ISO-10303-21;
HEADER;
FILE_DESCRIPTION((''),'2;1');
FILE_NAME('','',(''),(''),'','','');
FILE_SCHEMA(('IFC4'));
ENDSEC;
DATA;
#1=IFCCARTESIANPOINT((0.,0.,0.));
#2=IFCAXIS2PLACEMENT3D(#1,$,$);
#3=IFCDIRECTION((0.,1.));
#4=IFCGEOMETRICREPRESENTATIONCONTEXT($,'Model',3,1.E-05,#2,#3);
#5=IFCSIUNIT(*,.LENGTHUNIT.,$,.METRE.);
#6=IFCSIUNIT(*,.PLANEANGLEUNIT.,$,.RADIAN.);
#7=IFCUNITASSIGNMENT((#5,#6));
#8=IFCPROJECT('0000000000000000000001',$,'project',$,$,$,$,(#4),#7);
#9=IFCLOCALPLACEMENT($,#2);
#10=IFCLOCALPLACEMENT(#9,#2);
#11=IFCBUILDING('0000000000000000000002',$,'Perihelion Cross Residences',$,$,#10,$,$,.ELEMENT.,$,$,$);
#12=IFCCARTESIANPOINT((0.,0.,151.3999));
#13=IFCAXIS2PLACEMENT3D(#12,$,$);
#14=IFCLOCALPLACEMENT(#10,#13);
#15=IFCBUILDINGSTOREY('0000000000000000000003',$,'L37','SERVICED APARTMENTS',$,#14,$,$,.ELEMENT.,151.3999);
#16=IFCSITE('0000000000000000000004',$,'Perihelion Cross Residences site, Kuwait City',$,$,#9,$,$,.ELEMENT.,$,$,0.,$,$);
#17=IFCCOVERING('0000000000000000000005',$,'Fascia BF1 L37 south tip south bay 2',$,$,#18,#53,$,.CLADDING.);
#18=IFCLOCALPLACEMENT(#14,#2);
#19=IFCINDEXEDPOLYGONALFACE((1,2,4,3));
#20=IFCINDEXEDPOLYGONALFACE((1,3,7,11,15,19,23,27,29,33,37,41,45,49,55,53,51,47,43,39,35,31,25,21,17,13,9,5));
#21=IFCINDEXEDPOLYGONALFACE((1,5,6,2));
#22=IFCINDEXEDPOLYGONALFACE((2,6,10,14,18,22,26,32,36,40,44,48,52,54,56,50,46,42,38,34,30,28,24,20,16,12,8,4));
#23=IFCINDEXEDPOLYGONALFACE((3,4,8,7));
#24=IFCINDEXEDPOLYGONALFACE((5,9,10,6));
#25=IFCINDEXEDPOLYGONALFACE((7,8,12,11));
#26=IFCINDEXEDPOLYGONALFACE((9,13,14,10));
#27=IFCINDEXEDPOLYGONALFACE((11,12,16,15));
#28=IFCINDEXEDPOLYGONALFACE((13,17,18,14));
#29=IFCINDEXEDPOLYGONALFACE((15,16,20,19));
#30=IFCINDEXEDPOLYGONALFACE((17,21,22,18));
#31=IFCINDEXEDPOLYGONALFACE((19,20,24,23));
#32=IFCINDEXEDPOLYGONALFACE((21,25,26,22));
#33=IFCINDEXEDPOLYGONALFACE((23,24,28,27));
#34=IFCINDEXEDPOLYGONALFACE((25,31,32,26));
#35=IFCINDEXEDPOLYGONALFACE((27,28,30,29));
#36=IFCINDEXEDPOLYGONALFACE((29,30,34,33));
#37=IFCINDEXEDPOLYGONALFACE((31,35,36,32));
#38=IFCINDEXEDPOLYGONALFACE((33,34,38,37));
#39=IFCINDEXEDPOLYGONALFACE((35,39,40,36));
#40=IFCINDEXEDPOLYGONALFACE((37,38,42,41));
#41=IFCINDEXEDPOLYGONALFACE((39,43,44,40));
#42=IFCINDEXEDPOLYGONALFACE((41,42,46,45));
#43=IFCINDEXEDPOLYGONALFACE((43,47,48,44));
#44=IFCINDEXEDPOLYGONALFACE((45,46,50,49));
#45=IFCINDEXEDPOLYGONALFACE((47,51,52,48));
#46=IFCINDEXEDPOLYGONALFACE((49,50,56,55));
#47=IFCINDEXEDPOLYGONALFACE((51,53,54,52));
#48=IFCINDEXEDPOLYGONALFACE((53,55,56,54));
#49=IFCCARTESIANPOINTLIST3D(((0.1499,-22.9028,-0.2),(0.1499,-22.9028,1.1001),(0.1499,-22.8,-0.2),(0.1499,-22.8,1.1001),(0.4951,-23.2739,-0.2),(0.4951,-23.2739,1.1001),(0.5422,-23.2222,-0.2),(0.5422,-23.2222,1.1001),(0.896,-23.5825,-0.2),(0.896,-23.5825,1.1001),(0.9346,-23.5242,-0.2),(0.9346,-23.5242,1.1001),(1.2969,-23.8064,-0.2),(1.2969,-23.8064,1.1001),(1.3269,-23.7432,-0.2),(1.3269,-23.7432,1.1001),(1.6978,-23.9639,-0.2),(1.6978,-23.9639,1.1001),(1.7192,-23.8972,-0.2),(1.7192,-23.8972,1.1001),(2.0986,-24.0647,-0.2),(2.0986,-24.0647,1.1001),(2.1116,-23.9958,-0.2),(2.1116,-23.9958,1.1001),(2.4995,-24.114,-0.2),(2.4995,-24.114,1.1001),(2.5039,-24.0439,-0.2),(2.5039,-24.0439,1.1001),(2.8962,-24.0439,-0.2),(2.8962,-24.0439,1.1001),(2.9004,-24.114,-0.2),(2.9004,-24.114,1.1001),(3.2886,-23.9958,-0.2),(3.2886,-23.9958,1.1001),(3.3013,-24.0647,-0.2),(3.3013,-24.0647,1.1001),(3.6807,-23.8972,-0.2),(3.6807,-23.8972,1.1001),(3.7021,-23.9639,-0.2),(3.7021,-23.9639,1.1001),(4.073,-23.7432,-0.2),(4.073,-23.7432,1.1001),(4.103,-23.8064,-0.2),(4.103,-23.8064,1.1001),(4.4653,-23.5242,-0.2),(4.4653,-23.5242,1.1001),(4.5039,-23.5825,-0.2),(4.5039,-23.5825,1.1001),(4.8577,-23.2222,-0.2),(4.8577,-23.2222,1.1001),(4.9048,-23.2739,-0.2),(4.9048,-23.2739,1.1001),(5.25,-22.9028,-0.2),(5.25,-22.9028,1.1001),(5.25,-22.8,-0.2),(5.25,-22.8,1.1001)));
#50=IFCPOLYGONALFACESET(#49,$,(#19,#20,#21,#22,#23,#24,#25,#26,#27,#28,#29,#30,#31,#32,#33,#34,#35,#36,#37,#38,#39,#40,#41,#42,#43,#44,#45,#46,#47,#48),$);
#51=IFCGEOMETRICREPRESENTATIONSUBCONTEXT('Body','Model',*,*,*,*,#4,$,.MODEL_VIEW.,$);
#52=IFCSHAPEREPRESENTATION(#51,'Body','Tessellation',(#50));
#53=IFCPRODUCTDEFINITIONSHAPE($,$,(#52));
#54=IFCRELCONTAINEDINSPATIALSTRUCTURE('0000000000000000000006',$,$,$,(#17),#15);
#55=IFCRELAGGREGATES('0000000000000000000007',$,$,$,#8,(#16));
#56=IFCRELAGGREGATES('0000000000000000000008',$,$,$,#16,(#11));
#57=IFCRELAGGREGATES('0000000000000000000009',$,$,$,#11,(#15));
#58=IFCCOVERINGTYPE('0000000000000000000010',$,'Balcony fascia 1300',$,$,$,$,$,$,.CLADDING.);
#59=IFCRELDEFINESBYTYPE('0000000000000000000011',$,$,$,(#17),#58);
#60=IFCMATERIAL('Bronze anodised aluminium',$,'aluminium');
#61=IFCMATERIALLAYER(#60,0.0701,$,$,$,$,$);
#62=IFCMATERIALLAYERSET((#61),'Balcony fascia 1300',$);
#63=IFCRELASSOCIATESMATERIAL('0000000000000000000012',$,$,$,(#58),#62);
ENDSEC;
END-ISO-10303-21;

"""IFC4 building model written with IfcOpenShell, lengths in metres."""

from ifc_helpers import new_model, si_unit, direction, frame, origin, place, context, subcontext, project, spatial, polyline, outline, extrude, material, layer, layer_set, type_object, element, save


model = new_model("IFC4")

# Units and contexts
model_context = context("Model", 3, precision=1e-05, world=origin(), true_north=direction((0.0, 1.0)))
body_context = subcontext(model_context, "Body", "Model", "MODEL_VIEW")
ifc_project = project(units=[si_unit("LENGTHUNIT", "METRE"), si_unit("PLANEANGLEUNIT", "RADIAN")], contexts=[model_context])

# Site, building, storey
site_placement = place(None, origin())
site = spatial("IfcSite", under=ifc_project, at=site_placement, Name="Perihelion Cross Residences site, Kuwait City", CompositionType="ELEMENT", RefElevation=0.0)
building_placement = place(site_placement, origin())
building = spatial("IfcBuilding", under=site, at=building_placement, Name="Perihelion Cross Residences", CompositionType="ELEMENT")
storey_placement = place(building_placement, frame((0.0, 0.0, 151.3999)))
storey = spatial("IfcBuildingStorey", under=building, at=storey_placement, Name="L37", Description="SERVICED APARTMENTS", CompositionType="ELEMENT", Elevation=151.3999)

# Covering
ifc_material_1 = material(Name="Bronze anodised aluminium", Category="aluminium")
ifc_layer_1 = layer(ifc_material_1, 0.0701)
ifc_layer_set_1 = layer_set([ifc_layer_1], Name="Balcony fascia 1300")
covering_type = type_object("IfcCoveringType", Name="Balcony fascia 1300", PredefinedType="CLADDING", material=ifc_layer_set_1)
covering_1_placement = place(storey_placement, frame((0.0, 0.0, -0.2)))
element("IfcCovering", 1, at=covering_1_placement, inside=storey, type_object=covering_type, Name="Fascia BF1 L37 south tip south bay 2", PredefinedType="CLADDING", context=body_context, shape_type="SweptSolid", body=[
    extrude(outline(polyline([(0.4951, -23.2739), (0.896, -23.5825), (1.2969, -23.8064), (1.6978, -23.9639), (2.0986, -24.0647), (2.4995, -24.114), (2.9004, -24.114), (3.3013, -24.0647), (3.7021, -23.9639), (4.103, -23.8064), (4.5039, -23.5825), (4.9048, -23.2739), (5.25, -22.9028), (5.25, -22.8), (4.8577, -23.2222), (4.4653, -23.5242), (4.073, -23.7432), (3.6807, -23.8972), (3.2886, -23.9958), (2.8962, -24.0439), (2.5039, -24.0439), (2.1116, -23.9958), (1.7192, -23.8972), (1.3269, -23.7432), (0.9346, -23.5242), (0.5422, -23.2222), (0.1499, -22.8), (0.1499, -22.9028), (0.4951, -23.2739)])), origin(), (0.0, 0.0, 1.0), 1.3),
])

save(model, "model.ifc")
